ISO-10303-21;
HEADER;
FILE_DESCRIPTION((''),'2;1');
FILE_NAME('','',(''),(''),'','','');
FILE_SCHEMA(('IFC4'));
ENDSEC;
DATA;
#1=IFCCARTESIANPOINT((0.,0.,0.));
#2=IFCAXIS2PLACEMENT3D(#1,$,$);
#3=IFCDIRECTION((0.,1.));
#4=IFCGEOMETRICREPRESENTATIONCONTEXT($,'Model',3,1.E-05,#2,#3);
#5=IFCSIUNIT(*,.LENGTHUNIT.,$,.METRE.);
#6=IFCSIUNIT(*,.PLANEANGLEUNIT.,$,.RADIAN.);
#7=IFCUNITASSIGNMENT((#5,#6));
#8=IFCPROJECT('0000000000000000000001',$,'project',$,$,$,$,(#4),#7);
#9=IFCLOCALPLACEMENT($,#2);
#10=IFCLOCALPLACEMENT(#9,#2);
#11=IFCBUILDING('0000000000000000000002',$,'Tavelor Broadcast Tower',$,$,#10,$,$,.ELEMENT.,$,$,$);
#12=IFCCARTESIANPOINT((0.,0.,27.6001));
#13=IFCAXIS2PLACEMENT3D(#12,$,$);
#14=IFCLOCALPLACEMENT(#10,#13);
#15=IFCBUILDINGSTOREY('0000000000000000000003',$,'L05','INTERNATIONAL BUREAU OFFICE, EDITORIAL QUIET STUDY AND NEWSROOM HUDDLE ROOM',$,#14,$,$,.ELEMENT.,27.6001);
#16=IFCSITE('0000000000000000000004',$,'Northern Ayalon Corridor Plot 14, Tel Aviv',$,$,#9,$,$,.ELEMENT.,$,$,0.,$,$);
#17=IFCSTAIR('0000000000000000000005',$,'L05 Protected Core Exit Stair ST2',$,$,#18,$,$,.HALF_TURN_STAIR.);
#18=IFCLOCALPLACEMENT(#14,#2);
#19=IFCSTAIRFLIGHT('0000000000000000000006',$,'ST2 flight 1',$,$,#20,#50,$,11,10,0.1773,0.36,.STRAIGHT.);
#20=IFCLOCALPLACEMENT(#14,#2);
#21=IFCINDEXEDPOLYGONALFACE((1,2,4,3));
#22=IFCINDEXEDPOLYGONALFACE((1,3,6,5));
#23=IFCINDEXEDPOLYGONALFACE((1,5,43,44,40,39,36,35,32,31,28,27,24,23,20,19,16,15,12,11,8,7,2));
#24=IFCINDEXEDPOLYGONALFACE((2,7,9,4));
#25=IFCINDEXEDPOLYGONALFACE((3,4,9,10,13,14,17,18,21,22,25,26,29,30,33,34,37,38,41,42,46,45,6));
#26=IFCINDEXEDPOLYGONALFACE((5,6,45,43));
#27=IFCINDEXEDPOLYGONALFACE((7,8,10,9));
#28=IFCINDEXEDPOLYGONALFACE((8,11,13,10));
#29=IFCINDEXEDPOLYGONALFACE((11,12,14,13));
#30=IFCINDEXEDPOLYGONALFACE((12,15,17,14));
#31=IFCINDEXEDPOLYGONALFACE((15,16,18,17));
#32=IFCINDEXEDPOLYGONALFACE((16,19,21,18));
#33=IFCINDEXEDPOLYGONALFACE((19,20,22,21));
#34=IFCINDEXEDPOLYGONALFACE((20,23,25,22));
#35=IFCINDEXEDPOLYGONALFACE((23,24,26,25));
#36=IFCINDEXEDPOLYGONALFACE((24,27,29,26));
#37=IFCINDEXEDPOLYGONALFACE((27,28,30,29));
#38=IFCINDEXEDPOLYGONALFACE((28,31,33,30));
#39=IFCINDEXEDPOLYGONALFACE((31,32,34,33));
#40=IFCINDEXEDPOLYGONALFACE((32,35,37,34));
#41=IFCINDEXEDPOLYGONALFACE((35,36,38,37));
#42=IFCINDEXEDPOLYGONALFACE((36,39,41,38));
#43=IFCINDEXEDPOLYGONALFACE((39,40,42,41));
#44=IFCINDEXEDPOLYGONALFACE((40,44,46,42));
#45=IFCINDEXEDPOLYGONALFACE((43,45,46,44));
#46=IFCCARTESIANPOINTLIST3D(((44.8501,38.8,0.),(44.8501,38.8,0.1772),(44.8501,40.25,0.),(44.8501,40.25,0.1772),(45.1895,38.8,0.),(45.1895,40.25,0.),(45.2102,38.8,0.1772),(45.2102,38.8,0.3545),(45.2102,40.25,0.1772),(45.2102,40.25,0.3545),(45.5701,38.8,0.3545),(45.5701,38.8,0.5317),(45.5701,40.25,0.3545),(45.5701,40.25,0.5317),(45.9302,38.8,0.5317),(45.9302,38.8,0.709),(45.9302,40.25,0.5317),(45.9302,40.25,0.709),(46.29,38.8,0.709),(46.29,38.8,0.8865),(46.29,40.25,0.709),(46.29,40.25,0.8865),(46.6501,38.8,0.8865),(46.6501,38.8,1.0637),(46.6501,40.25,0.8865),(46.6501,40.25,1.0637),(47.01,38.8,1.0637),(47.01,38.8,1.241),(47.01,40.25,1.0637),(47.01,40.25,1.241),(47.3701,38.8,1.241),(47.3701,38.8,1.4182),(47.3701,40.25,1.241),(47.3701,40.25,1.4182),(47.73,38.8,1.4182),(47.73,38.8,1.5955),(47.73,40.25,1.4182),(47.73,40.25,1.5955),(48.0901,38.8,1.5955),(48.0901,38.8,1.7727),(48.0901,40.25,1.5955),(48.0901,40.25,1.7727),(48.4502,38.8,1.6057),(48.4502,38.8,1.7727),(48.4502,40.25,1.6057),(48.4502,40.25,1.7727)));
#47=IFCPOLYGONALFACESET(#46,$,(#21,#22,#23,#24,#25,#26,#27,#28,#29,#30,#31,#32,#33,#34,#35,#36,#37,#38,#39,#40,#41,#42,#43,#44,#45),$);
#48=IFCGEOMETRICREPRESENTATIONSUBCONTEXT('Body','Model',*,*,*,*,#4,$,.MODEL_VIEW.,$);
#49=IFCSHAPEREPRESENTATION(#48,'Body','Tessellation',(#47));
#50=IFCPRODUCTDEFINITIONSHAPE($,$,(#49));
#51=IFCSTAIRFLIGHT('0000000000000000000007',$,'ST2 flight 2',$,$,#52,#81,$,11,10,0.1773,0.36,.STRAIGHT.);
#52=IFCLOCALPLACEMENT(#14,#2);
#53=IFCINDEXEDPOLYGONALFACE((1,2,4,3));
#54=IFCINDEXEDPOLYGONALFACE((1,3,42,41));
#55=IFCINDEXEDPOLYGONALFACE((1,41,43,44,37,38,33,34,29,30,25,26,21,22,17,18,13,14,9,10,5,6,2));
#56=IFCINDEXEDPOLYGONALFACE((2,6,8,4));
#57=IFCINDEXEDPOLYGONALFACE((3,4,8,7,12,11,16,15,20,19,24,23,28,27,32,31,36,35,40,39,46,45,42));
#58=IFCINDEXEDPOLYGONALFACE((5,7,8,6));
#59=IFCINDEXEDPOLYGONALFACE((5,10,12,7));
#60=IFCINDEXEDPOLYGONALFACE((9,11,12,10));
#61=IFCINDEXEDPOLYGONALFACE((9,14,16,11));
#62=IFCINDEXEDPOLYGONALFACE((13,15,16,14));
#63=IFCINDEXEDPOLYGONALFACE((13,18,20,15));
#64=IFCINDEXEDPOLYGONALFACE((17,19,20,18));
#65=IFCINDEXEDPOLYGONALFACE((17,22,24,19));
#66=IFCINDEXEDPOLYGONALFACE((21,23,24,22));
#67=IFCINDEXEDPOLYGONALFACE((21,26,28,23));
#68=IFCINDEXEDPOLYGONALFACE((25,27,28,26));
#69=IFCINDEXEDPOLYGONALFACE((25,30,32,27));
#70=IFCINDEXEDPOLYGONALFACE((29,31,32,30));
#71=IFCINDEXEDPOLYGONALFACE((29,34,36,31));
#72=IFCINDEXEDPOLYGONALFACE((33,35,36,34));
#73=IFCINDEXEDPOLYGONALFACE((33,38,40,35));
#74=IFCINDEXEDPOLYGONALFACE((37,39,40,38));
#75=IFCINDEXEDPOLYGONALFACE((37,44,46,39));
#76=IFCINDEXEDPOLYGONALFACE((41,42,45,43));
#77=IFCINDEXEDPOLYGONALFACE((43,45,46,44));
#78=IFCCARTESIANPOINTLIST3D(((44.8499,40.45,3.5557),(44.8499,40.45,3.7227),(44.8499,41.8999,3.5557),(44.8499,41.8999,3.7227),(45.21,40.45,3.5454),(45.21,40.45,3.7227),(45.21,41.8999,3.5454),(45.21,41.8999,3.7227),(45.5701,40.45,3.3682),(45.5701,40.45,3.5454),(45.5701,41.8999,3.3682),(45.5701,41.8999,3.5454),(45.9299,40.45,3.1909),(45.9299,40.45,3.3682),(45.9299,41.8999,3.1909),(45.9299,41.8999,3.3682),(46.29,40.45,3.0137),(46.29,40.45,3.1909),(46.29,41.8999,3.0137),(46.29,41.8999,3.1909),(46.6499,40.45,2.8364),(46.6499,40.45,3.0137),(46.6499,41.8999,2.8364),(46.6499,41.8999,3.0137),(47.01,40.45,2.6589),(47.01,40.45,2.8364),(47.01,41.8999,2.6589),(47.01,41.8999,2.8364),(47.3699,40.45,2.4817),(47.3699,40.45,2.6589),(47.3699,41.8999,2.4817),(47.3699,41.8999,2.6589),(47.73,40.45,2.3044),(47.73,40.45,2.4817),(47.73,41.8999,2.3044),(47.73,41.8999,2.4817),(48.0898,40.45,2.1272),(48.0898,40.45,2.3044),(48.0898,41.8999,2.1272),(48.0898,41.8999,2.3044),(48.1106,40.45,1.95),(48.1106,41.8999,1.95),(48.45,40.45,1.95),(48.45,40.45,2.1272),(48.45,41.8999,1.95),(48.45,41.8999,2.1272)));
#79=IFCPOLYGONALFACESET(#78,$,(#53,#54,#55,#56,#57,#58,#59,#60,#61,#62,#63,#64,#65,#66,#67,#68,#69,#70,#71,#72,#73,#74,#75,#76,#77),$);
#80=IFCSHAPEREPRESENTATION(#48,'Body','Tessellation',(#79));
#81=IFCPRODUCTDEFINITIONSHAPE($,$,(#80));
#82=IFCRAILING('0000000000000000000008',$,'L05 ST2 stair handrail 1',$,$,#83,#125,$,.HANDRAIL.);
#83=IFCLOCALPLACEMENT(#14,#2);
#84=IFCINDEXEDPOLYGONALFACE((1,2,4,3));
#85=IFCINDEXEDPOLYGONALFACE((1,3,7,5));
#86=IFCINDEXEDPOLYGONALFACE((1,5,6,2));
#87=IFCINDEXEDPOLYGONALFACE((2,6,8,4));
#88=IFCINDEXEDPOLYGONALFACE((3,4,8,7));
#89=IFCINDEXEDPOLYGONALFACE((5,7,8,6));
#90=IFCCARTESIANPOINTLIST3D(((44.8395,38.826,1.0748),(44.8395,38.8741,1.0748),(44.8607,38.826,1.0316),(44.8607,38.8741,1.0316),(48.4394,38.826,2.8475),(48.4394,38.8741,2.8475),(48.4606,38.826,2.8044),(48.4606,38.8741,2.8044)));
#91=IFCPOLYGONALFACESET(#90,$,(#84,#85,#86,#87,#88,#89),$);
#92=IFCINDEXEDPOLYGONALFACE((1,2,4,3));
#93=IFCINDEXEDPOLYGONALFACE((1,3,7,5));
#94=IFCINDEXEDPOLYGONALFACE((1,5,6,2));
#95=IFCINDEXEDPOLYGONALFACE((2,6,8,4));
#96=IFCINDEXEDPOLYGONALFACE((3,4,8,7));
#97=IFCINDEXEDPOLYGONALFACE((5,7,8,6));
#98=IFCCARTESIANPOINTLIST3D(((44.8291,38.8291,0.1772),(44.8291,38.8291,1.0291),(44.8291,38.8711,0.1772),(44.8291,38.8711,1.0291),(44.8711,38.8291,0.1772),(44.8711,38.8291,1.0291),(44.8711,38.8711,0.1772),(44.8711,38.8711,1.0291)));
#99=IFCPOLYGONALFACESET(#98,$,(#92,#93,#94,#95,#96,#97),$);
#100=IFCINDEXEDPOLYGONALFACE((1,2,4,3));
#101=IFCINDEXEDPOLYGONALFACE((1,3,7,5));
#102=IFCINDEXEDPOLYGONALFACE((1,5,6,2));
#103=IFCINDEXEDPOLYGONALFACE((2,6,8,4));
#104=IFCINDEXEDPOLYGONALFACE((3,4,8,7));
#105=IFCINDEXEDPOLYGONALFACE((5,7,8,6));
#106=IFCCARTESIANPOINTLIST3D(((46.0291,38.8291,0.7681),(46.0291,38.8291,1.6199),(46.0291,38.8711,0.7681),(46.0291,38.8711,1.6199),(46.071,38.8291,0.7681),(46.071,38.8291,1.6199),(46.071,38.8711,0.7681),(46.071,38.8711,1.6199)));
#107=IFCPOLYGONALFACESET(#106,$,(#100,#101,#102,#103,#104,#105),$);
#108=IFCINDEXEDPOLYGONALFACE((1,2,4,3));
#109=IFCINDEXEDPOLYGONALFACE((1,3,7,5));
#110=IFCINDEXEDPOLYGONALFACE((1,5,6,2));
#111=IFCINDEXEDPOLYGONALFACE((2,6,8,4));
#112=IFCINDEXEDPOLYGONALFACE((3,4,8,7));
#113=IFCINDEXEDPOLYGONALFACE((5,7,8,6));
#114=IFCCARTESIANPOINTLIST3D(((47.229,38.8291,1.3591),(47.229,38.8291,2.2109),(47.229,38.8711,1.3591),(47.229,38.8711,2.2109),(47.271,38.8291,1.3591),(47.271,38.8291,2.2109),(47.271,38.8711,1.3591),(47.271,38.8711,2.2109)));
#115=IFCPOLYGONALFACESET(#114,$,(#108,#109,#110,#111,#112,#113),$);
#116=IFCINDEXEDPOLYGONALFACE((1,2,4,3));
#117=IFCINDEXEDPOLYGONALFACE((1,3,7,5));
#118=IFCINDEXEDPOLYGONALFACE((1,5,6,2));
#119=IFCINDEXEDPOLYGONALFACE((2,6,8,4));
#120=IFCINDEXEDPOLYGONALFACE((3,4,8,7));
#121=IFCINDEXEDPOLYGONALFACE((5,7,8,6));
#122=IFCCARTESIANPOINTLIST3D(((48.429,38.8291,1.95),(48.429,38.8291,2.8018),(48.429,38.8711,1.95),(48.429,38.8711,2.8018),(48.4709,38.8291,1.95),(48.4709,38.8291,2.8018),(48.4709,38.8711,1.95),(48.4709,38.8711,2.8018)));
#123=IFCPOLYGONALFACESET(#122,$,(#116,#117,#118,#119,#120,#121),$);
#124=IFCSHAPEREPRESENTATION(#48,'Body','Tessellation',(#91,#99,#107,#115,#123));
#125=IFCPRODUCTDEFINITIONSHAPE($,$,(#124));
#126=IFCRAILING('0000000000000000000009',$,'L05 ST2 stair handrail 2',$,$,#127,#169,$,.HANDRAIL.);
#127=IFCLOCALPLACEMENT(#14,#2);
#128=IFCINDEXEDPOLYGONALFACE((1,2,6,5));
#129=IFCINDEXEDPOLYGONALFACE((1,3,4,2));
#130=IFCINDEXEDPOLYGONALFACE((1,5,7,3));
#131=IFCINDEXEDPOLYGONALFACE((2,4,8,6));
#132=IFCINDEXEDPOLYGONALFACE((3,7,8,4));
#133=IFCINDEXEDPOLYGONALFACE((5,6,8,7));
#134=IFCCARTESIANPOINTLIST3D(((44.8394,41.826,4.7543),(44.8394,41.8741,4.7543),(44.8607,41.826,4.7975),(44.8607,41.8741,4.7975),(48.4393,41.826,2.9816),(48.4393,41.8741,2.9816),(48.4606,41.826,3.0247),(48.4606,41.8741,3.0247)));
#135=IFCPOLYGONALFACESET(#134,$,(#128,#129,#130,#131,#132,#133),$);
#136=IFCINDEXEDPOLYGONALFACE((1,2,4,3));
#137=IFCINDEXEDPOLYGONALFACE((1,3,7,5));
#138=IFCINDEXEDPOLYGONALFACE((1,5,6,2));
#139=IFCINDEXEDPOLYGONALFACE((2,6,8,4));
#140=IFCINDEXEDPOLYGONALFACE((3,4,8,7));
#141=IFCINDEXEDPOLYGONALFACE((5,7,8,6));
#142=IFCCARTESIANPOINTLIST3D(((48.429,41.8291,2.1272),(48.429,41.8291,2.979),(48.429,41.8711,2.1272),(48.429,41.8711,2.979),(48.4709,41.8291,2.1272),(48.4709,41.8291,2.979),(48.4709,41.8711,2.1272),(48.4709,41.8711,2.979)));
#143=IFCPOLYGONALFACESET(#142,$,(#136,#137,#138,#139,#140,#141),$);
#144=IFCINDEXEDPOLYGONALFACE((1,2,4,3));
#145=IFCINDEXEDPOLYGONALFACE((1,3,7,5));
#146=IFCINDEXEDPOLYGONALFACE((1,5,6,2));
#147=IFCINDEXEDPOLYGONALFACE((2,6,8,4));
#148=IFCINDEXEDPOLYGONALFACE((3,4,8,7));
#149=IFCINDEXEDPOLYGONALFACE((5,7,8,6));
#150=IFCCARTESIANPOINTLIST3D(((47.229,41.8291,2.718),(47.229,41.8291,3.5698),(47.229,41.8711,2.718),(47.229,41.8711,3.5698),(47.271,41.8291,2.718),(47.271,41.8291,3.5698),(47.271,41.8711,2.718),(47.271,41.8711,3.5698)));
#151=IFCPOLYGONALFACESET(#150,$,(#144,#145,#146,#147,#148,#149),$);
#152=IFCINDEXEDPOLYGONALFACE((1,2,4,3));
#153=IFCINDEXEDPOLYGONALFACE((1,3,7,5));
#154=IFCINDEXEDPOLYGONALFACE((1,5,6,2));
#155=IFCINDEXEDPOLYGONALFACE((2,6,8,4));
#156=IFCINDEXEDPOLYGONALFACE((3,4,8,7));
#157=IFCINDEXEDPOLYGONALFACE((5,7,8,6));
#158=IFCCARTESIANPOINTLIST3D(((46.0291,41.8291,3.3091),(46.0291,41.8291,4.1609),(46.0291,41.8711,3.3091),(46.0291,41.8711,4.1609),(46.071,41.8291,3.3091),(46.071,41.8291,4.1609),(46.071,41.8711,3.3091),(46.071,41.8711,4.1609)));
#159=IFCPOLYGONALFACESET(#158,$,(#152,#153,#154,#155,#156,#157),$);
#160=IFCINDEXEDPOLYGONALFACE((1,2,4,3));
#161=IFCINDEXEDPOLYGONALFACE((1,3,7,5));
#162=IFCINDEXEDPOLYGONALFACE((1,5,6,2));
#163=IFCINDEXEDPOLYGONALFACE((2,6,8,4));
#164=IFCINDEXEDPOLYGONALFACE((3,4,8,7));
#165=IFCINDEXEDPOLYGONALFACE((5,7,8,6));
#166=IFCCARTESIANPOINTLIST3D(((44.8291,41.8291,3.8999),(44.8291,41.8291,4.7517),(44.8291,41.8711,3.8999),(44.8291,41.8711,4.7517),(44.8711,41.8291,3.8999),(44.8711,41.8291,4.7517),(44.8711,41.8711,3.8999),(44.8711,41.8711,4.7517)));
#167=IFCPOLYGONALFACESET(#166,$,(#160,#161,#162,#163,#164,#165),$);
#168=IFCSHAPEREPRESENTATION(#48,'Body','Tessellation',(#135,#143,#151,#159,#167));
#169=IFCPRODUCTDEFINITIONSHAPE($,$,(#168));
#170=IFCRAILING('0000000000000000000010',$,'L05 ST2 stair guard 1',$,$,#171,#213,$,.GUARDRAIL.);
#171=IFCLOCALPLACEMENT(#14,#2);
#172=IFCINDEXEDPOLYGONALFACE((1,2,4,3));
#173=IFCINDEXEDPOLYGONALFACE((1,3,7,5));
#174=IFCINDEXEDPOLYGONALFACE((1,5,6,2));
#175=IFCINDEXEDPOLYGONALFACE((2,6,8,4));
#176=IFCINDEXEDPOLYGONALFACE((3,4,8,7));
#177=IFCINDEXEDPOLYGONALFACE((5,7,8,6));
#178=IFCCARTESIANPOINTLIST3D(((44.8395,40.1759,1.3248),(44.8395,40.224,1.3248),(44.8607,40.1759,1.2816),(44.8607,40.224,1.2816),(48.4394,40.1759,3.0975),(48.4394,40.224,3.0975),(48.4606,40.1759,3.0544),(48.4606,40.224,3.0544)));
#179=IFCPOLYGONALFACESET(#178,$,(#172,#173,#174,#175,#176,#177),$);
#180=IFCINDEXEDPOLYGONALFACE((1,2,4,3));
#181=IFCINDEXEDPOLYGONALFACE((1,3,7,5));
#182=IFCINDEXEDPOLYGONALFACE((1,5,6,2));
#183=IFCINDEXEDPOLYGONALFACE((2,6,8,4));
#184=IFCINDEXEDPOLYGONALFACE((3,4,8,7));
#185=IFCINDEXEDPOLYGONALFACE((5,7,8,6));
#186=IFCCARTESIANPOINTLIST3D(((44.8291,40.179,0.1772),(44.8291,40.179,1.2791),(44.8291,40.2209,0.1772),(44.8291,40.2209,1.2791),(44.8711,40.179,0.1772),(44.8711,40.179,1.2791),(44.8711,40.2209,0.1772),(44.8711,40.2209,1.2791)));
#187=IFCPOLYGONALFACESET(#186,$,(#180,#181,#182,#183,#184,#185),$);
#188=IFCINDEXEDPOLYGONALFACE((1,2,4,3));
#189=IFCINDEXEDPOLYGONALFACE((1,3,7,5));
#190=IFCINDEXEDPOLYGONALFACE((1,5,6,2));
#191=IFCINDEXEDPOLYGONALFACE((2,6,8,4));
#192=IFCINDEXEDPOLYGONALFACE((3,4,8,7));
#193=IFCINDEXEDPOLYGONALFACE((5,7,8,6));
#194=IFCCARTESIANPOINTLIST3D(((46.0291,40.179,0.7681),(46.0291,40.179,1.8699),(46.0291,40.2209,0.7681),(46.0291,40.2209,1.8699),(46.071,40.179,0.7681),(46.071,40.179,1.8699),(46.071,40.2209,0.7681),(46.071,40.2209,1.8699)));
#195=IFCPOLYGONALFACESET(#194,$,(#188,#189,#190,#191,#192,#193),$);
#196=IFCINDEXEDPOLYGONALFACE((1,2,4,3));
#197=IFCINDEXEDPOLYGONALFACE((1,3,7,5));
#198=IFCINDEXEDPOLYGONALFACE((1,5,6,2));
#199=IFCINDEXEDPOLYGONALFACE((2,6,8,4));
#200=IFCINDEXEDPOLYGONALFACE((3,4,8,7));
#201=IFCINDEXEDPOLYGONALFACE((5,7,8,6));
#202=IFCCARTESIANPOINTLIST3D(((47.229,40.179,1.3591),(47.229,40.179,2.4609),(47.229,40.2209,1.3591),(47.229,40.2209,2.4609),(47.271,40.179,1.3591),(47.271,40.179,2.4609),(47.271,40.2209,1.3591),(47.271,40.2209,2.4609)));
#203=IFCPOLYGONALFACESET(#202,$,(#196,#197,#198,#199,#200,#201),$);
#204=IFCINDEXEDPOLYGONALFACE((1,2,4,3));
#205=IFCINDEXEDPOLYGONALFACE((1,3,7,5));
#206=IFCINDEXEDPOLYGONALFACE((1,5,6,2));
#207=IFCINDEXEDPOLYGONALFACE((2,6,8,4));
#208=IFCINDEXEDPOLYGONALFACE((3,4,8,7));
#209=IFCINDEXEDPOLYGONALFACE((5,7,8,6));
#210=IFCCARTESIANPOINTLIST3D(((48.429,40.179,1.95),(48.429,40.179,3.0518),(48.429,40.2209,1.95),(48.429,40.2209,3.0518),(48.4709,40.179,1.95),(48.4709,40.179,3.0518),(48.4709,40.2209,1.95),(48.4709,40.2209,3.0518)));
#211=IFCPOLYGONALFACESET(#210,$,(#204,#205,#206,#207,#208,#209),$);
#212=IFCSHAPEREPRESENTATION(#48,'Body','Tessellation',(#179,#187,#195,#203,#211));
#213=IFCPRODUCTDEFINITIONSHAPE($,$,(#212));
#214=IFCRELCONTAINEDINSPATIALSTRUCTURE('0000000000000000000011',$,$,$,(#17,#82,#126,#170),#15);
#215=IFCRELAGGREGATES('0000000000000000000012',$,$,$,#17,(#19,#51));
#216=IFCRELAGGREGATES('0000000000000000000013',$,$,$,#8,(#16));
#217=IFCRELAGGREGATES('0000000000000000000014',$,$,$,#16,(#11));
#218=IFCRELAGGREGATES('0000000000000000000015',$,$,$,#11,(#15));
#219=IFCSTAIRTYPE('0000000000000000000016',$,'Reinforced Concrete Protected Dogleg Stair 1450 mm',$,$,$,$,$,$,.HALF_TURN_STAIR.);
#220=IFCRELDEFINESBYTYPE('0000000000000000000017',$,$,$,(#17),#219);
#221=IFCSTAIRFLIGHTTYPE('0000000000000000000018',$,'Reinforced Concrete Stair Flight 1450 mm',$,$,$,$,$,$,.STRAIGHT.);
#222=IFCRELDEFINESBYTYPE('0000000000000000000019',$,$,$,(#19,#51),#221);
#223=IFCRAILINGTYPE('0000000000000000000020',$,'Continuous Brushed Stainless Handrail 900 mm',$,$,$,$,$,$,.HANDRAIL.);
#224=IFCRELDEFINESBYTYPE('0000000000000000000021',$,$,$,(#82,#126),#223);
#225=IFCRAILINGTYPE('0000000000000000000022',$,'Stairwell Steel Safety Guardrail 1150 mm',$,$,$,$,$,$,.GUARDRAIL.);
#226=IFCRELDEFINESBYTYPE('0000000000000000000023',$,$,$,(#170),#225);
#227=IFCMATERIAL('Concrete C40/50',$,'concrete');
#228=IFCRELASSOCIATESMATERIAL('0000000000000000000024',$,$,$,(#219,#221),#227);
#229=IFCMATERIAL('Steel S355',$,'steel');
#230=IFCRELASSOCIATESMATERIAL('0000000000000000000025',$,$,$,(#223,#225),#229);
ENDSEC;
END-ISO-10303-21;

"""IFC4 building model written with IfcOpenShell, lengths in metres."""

from ifc_helpers import new_model, si_unit, direction, frame, origin, origin_2d, place, context, subcontext, project, spatial, polyline, rectangle, outline, extrude, material, type_object, element, aggregate, save


model = new_model("IFC4")

# Units and contexts
model_context = context("Model", 3, precision=1e-05, world=origin(), true_north=direction((0.0, 1.0)))
body_context = subcontext(model_context, "Body", "Model", "MODEL_VIEW")
ifc_project = project(units=[si_unit("LENGTHUNIT", "METRE"), si_unit("PLANEANGLEUNIT", "RADIAN")], contexts=[model_context])

# Site, building, storey
site_placement = place(None, origin())
site = spatial("IfcSite", under=ifc_project, at=site_placement, Name="Northern Ayalon Corridor Plot 14, Tel Aviv", CompositionType="ELEMENT", RefElevation=0.0)
building_placement = place(site_placement, origin())
building = spatial("IfcBuilding", under=site, at=building_placement, Name="Tavelor Broadcast Tower", CompositionType="ELEMENT")
storey_placement = place(building_placement, frame((0.0, 0.0, 27.6001)))
storey = spatial("IfcBuildingStorey", under=building, at=storey_placement, Name="L05", Description="INTERNATIONAL BUREAU OFFICE, EDITORIAL QUIET STUDY AND NEWSROOM HUDDLE ROOM", CompositionType="ELEMENT", Elevation=27.6001)

# Shared definitions
ifc_material_1 = material(Name="Concrete C40/50", Category="concrete")
ifc_material_2 = material(Name="Steel S355", Category="steel")

# Stair, stair flights
stair_type = type_object("IfcStairType", Name="Reinforced Concrete Protected Dogleg Stair 1450 mm", PredefinedType="HALF_TURN_STAIR", material=ifc_material_1)
stair_placement = place(storey_placement, origin())
stair = element("IfcStair", 1, at=stair_placement, inside=storey, type_object=stair_type, Name="L05 Protected Core Exit Stair ST2", PredefinedType="HALF_TURN_STAIR")
stair_flight_type = type_object("IfcStairFlightType", Name="Reinforced Concrete Stair Flight 1450 mm", PredefinedType="STRAIGHT", material=ifc_material_1)
stair_flight_1_placement = place(storey_placement, frame((44.8501, 39.5249, 0.0), z_axis=(0.0, 0.0, 1.0), x_axis=(1.0, 0.0, 0.0)))
stair_flight_1 = element("IfcStairFlight", 2, at=stair_flight_1_placement, type_object=stair_flight_type, Name="ST2 flight 1", NumberOfRisers=11, NumberOfTreads=10, PredefinedType="STRAIGHT", RiserHeight=0.1773, TreadLength=0.36, context=body_context, shape_type="SweptSolid", body=[
    extrude(outline(polyline([(0.0, 0.0), (0.0, 0.1772), (0.3601, 0.1772), (0.3601, 0.3545), (0.72, 0.3545), (0.72, 0.5317), (1.0801, 0.5317), (1.0801, 0.709), (1.4399, 0.709), (1.4399, 0.8865), (1.8, 0.8865), (1.8, 1.0637), (2.1599, 1.0637), (2.1599, 1.241), (2.52, 1.241), (2.52, 1.4182), (2.8799, 1.4182), (2.8799, 1.5955), (3.24, 1.5955), (3.24, 1.7727), (3.6001, 1.7727), (3.6001, 1.95), (3.6001, 1.6057), (0.3394, 0.0), (0.0, 0.0)])), frame((0.0, 0.7251, 0.0), z_axis=(0.0, -1.0, 0.0), x_axis=(1.0, 0.0, 0.0)), (0.0, 0.0, 1.0), 1.45),
])
stair_flight_2_placement = place(storey_placement, frame((48.45, 41.175, 1.95), z_axis=(0.0, 0.0, 1.0), x_axis=(-1.0, 0.0, 0.0)))
stair_flight_2 = element("IfcStairFlight", 3, at=stair_flight_2_placement, type_object=stair_flight_type, Name="ST2 flight 2", NumberOfRisers=11, NumberOfTreads=10, PredefinedType="STRAIGHT", RiserHeight=0.1773, TreadLength=0.36, context=body_context, shape_type="SweptSolid", body=[
    extrude(outline(polyline([(0.0, 0.0), (0.0, 0.1772), (0.3601, 0.1772), (0.3601, 0.3545), (0.72, 0.3545), (0.72, 0.5317), (1.0801, 0.5317), (1.0801, 0.709), (1.4399, 0.709), (1.4399, 0.8865), (1.8, 0.8865), (1.8, 1.0637), (2.1599, 1.0637), (2.1599, 1.241), (2.52, 1.241), (2.52, 1.4182), (2.8799, 1.4182), (2.8799, 1.5955), (3.24, 1.5955), (3.24, 1.7727), (3.6001, 1.7727), (3.6001, 1.95), (3.6001, 1.6057), (0.3394, 0.0), (0.0, 0.0)])), frame((0.0, 0.7251, 0.0), z_axis=(0.0, -1.0, 0.0), x_axis=(1.0, 0.0, 0.0)), (0.0, 0.0, 1.0), 1.45),
])
aggregate(stair, [stair_flight_1, stair_flight_2])

# Railings
railing_type_1 = type_object("IfcRailingType", Name="Continuous Brushed Stainless Handrail 900 mm", PredefinedType="HANDRAIL", material=ifc_material_2)
railing_1_placement = place(storey_placement, frame((44.8501, 38.8501, 0.1772)))
element("IfcRailing", 4, at=railing_1_placement, inside=storey, type_object=railing_type_1, Name="L05 ST2 stair handrail 1", PredefinedType="HANDRAIL", context=body_context, shape_type="SweptSolid", body=[
    extrude(rectangle(XDim=0.0481, YDim=0.0481, at=origin_2d()), frame((0.0, 0.0, 0.876), z_axis=(0.897124, 0.0, 0.441778), x_axis=(0.0, 1.0, 0.0)), (0.0, 0.0, 1.0), 4.0127),
    extrude(rectangle(XDim=0.042, YDim=0.042, at=origin_2d()), origin(), (0.0, 0.0, 1.0), 0.8518),
    extrude(rectangle(XDim=0.042, YDim=0.042, at=origin_2d()), frame((1.2, 0.0, 0.5908)), (0.0, 0.0, 1.0), 0.8518),
    extrude(rectangle(XDim=0.042, YDim=0.042, at=origin_2d()), frame((2.3999, 0.0, 1.1819)), (0.0, 0.0, 1.0), 0.8518),
    extrude(rectangle(XDim=0.042, YDim=0.042, at=origin_2d()), frame((3.5999, 0.0, 1.7727)), (0.0, 0.0, 1.0), 0.8518),
])
railing_2_placement = place(storey_placement, frame((48.45, 41.8501, 2.1272)))
element("IfcRailing", 5, at=railing_2_placement, inside=storey, type_object=railing_type_1, Name="L05 ST2 stair handrail 2", PredefinedType="HANDRAIL", context=body_context, shape_type="SweptSolid", body=[
    extrude(rectangle(XDim=0.0481, YDim=0.0481, at=origin_2d()), frame((0.0, 0.0, 0.876), z_axis=(-0.897124, 0.0, 0.441778), x_axis=(0.0, -1.0, 0.0)), (0.0, 0.0, 1.0), 4.0127),
    extrude(rectangle(XDim=0.042, YDim=0.042, at=origin_2d()), origin(), (0.0, 0.0, 1.0), 0.8518),
    extrude(rectangle(XDim=0.042, YDim=0.042, at=origin_2d()), frame((-1.2, 0.0, 0.5908)), (0.0, 0.0, 1.0), 0.8518),
    extrude(rectangle(XDim=0.042, YDim=0.042, at=origin_2d()), frame((-2.3999, 0.0, 1.1819)), (0.0, 0.0, 1.0), 0.8518),
    extrude(rectangle(XDim=0.042, YDim=0.042, at=origin_2d()), frame((-3.5999, 0.0, 1.7727)), (0.0, 0.0, 1.0), 0.8518),
])
railing_type_2 = type_object("IfcRailingType", Name="Stairwell Steel Safety Guardrail 1150 mm", PredefinedType="GUARDRAIL", material=ifc_material_2)
railing_3_placement = place(storey_placement, frame((44.8501, 40.2, 0.1772)))
element("IfcRailing", 6, at=railing_3_placement, inside=storey, type_object=railing_type_2, Name="L05 ST2 stair guard 1", PredefinedType="GUARDRAIL", context=body_context, shape_type="SweptSolid", body=[
    extrude(rectangle(XDim=0.0481, YDim=0.0481, at=origin_2d()), frame((0.0, 0.0, 1.126), z_axis=(0.897124, 0.0, 0.441778), x_axis=(0.0, 1.0, 0.0)), (0.0, 0.0, 1.0), 4.0127),
    extrude(rectangle(XDim=0.042, YDim=0.042, at=origin_2d()), origin(), (0.0, 0.0, 1.0), 1.1018),
    extrude(rectangle(XDim=0.042, YDim=0.042, at=origin_2d()), frame((1.2, 0.0, 0.5908)), (0.0, 0.0, 1.0), 1.1018),
    extrude(rectangle(XDim=0.042, YDim=0.042, at=origin_2d()), frame((2.3999, 0.0, 1.1819)), (0.0, 0.0, 1.0), 1.1018),
    extrude(rectangle(XDim=0.042, YDim=0.042, at=origin_2d()), frame((3.5999, 0.0, 1.7727)), (0.0, 0.0, 1.0), 1.1018),
])

save(model, "model.ifc")
